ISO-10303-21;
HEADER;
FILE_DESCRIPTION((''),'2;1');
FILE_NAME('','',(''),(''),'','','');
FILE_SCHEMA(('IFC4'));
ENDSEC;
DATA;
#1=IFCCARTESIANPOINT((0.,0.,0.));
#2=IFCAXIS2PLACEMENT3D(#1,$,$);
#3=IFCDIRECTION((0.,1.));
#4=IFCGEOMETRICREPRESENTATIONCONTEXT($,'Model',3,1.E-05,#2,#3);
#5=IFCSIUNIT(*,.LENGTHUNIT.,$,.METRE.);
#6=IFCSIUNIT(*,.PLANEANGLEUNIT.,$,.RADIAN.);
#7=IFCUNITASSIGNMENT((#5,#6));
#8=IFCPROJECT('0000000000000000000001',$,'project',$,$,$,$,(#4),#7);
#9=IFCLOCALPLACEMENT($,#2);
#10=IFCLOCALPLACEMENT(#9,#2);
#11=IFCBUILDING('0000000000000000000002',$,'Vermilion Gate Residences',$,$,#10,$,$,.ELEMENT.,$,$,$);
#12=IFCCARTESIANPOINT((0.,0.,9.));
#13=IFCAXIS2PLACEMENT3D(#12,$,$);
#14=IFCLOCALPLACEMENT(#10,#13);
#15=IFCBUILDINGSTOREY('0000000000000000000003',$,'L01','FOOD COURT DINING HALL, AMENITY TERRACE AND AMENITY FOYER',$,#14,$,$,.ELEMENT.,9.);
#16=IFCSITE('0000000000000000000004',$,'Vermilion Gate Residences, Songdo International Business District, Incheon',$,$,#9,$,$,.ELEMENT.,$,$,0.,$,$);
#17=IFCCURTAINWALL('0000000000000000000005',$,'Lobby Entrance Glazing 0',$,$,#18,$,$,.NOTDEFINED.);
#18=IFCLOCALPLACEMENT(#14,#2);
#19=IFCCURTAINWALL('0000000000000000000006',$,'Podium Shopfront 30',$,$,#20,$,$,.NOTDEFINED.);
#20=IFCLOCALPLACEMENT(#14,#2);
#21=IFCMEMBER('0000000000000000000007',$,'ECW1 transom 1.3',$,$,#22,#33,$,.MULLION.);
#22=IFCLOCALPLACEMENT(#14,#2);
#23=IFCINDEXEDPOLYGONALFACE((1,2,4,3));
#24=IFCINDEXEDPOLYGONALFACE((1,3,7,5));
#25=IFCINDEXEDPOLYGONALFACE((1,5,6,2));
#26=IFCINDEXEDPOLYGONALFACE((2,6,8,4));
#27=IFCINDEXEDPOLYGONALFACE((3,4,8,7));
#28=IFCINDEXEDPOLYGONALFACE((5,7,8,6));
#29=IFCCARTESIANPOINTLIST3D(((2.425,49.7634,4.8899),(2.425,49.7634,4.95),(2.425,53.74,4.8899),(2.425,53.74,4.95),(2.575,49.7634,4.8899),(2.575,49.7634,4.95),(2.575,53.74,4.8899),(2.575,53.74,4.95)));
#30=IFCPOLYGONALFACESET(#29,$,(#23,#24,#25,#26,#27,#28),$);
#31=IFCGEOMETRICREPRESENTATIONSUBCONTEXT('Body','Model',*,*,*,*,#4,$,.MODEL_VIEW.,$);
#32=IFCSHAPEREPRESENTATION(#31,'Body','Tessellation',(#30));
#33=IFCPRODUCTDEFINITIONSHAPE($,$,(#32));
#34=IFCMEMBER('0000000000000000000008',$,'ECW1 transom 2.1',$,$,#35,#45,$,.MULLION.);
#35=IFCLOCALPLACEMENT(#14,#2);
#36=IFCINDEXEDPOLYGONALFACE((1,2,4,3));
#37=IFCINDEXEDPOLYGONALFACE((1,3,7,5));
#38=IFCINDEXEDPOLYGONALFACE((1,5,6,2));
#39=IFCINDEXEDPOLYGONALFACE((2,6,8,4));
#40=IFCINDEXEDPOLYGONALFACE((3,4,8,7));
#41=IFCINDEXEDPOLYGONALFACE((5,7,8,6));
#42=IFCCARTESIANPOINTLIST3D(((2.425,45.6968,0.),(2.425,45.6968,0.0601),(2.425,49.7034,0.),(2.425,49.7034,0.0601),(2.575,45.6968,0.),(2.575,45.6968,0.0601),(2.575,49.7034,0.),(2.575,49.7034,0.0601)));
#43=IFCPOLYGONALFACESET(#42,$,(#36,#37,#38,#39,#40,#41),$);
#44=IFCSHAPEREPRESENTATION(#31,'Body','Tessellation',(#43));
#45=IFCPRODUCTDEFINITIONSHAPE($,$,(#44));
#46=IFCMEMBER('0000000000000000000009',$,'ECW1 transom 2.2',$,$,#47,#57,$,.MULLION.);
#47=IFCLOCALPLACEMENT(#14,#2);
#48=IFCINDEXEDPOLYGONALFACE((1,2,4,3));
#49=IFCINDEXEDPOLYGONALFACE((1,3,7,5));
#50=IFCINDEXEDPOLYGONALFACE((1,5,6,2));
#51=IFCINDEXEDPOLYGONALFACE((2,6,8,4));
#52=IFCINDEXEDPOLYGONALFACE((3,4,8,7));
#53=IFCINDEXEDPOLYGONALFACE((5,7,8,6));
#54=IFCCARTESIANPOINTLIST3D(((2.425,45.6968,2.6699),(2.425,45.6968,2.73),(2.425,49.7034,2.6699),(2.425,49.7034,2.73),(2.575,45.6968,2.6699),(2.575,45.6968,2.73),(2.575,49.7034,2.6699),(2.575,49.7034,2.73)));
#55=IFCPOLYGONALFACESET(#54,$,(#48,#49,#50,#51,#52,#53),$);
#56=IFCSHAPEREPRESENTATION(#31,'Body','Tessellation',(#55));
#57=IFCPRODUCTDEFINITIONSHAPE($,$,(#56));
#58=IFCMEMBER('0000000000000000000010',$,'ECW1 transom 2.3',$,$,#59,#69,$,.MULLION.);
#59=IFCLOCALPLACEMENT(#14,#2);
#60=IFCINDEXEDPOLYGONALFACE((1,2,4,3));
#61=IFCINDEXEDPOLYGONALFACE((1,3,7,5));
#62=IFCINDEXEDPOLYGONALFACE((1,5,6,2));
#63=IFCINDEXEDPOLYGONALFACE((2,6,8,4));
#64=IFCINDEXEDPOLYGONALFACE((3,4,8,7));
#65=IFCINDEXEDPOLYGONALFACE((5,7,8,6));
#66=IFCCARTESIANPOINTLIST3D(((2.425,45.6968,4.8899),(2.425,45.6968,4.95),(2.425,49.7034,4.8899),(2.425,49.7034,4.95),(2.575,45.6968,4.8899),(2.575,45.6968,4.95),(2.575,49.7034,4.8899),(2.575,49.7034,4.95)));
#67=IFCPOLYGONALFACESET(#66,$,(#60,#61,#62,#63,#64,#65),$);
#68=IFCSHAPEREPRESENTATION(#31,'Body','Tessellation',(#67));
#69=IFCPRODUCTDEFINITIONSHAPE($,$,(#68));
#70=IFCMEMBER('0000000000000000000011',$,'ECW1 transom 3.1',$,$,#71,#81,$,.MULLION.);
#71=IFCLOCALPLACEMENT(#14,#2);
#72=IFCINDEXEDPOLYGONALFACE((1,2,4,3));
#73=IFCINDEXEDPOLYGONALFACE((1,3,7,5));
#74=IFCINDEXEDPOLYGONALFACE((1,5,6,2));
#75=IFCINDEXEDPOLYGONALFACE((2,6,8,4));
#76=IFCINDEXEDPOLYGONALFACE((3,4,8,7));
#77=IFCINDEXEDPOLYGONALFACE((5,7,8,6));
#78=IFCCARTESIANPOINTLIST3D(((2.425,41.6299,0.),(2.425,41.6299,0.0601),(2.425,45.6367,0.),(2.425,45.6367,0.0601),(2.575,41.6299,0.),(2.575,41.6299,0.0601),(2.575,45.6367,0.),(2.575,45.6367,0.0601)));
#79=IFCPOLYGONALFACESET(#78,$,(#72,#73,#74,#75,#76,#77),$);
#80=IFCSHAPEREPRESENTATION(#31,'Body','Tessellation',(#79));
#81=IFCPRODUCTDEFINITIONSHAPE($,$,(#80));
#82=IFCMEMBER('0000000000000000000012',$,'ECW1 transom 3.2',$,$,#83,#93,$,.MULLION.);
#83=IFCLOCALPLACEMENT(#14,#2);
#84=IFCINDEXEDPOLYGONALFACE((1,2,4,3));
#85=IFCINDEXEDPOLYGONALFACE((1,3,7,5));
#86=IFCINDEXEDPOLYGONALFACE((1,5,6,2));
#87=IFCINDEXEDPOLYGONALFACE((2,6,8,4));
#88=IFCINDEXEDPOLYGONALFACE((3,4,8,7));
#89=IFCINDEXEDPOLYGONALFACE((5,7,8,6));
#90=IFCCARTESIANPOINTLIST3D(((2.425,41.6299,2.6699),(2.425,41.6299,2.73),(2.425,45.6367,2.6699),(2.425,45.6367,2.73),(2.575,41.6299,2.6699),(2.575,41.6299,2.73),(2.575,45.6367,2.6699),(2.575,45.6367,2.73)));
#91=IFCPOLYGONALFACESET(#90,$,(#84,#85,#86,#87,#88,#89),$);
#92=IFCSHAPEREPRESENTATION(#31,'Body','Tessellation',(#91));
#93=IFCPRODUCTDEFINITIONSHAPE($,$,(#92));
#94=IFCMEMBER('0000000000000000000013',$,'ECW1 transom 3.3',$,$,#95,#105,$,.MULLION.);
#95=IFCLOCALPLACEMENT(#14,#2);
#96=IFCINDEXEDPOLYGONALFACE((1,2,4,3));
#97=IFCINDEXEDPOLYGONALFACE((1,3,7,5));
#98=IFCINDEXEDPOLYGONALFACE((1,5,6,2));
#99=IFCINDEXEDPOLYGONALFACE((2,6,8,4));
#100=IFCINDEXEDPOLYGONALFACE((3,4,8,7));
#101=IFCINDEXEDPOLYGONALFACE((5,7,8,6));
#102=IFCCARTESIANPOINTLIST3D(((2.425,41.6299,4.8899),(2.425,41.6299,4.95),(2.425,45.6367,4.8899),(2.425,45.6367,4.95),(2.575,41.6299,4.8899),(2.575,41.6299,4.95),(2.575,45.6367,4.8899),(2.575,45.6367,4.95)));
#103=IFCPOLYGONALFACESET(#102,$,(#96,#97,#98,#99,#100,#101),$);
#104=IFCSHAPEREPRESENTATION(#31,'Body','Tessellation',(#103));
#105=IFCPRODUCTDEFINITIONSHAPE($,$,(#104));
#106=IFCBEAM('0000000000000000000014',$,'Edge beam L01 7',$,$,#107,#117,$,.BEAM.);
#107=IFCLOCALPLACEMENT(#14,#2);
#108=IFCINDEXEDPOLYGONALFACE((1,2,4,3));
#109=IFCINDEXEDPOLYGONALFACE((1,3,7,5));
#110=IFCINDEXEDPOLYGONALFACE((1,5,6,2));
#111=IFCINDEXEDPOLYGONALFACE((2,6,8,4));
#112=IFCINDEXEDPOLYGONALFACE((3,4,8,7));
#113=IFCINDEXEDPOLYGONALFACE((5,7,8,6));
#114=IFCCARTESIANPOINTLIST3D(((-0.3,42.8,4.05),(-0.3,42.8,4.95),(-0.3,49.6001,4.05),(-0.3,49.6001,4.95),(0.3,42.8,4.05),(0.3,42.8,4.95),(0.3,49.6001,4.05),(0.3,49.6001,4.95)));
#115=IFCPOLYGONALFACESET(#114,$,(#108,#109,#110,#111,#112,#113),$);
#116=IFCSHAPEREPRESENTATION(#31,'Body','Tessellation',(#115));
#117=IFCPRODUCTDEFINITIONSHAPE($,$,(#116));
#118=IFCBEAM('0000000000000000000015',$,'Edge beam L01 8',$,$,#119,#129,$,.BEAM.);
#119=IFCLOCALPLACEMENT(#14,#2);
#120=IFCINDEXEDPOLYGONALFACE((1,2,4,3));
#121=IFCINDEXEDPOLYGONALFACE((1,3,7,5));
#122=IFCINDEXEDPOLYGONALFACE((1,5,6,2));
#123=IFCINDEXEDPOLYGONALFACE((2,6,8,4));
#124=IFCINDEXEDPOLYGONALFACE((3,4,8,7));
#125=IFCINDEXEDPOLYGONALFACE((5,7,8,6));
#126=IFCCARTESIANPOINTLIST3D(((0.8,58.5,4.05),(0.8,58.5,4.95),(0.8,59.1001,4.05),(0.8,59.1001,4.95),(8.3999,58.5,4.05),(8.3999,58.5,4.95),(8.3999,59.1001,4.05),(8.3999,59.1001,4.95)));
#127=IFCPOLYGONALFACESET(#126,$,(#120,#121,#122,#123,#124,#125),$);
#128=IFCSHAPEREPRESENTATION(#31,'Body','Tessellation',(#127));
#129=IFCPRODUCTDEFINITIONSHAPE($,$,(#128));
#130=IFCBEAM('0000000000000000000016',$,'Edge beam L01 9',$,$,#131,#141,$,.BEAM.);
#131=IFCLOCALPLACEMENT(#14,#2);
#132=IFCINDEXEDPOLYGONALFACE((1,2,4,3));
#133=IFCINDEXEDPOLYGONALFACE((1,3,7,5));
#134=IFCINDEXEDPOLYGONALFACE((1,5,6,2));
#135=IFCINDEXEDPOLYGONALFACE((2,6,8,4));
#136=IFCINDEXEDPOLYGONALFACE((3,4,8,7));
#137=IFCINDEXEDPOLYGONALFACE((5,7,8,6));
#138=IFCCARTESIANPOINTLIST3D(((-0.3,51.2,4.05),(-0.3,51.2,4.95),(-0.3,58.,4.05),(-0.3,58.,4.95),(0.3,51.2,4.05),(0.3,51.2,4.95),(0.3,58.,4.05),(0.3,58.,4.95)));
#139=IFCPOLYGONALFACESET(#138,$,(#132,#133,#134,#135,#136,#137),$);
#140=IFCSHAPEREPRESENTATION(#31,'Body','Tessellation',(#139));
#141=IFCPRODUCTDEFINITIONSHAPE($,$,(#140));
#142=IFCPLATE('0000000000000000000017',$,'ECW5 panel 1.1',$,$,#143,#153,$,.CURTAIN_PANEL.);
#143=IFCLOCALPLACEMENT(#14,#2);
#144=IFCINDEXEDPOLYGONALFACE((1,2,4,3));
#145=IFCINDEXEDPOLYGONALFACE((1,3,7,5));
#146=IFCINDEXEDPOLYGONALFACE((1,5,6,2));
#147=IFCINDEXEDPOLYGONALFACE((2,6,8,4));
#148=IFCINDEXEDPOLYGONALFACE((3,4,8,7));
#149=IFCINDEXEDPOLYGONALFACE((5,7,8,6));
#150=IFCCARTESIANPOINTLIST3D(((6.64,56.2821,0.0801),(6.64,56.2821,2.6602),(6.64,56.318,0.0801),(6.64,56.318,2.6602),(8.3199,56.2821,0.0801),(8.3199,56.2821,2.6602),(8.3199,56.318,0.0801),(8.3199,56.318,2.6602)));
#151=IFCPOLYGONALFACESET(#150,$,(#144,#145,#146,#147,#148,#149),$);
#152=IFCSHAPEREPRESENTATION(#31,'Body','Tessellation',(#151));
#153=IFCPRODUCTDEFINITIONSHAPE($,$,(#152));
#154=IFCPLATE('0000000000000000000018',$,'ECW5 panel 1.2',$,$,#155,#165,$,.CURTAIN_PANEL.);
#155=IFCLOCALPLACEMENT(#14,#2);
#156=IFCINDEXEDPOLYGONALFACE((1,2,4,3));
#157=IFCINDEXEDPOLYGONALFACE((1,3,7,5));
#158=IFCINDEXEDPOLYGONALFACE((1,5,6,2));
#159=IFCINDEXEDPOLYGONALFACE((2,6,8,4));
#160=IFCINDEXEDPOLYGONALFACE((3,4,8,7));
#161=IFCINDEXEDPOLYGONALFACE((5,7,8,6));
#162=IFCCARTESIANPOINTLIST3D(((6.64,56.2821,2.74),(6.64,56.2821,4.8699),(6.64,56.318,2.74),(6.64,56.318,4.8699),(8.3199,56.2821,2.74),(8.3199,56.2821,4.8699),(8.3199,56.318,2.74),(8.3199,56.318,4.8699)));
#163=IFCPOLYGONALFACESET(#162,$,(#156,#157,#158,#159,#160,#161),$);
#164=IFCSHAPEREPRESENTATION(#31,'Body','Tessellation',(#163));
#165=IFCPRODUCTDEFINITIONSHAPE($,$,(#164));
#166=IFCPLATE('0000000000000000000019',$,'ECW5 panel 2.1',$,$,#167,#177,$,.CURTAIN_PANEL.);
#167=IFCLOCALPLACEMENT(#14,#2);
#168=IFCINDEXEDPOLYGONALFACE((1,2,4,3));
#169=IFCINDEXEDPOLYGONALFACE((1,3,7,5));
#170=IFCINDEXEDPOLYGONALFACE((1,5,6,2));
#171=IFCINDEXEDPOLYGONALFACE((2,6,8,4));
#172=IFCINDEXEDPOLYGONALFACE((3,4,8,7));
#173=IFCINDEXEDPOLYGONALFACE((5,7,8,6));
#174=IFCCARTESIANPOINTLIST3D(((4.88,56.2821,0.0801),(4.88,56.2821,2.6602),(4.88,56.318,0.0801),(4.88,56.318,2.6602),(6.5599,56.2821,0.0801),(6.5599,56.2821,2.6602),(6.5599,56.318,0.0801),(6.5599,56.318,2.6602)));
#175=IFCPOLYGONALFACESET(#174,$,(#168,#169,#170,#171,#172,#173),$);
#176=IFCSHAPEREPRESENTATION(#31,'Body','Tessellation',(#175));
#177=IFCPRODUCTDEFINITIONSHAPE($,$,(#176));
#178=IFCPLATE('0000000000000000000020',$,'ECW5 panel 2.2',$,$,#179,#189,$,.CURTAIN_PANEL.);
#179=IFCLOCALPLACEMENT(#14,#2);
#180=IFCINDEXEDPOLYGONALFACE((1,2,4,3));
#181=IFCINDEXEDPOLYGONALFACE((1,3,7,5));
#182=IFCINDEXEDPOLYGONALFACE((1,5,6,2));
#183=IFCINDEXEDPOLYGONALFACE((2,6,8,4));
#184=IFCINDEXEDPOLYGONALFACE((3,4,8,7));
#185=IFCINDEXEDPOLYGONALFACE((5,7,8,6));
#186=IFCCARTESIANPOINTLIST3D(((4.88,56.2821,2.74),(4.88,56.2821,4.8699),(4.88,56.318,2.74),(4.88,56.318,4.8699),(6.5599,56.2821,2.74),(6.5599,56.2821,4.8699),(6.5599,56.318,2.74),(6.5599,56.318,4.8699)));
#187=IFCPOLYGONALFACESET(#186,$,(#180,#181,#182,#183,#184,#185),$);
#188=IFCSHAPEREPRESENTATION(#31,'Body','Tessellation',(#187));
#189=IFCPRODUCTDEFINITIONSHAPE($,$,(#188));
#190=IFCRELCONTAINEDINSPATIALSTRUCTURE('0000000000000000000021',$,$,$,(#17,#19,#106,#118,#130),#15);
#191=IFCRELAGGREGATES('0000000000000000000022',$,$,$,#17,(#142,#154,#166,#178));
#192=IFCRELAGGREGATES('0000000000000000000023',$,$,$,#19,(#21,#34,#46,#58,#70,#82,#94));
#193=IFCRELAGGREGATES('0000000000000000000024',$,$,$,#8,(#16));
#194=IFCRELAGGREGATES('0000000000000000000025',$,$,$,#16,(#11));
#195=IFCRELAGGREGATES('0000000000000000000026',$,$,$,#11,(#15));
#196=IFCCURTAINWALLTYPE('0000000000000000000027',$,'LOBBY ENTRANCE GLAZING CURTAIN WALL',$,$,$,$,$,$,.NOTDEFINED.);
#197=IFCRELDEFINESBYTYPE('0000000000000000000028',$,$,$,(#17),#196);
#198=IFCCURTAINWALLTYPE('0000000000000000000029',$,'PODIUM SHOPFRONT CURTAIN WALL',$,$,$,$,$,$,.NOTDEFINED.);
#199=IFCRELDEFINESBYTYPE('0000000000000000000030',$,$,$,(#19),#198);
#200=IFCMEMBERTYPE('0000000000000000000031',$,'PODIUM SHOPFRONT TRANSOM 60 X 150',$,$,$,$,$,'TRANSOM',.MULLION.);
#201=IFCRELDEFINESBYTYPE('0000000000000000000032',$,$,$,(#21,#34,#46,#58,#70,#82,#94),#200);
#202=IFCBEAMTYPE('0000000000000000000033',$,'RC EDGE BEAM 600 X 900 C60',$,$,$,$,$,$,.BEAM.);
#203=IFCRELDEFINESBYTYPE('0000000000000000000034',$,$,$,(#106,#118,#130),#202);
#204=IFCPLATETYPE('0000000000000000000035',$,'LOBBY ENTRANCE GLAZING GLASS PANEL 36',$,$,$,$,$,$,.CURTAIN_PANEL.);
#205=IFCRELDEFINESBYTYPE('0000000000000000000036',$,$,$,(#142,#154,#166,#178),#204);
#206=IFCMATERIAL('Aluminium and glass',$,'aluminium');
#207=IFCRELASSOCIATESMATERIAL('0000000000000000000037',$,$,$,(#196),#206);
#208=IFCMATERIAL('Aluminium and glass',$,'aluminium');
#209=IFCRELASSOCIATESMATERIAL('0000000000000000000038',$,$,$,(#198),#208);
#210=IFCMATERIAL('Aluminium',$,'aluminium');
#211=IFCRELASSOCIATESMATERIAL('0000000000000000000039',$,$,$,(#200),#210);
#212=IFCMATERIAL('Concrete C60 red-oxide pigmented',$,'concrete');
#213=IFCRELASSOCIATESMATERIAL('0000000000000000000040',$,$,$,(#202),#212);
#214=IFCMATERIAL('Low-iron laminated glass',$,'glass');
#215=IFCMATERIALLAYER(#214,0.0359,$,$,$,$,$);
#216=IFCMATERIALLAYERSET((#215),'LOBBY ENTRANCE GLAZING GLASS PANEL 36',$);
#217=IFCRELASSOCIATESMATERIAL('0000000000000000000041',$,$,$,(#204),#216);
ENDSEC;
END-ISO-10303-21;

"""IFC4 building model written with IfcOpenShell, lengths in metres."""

from ifc_helpers import new_model, si_unit, direction, frame, origin, origin_2d, place, context, subcontext, project, spatial, rectangle, extrude, material, layer, layer_set, material_profile, profile_set, type_object, element, aggregate, save


model = new_model("IFC4")

# Units and contexts
model_context = context("Model", 3, precision=1e-05, world=origin(), true_north=direction((0.0, 1.0)))
body_context = subcontext(model_context, "Body", "Model", "MODEL_VIEW")
ifc_project = project(units=[si_unit("LENGTHUNIT", "METRE"), si_unit("PLANEANGLEUNIT", "RADIAN")], contexts=[model_context])

# Site, building, storey
site_placement = place(None, origin())
site = spatial("IfcSite", under=ifc_project, at=site_placement, Name="Vermilion Gate Residences, Songdo International Business District, Incheon", CompositionType="ELEMENT", RefElevation=0.0)
building_placement = place(site_placement, origin())
building = spatial("IfcBuilding", under=site, at=building_placement, Name="Vermilion Gate Residences", CompositionType="ELEMENT")
storey_placement = place(building_placement, frame((0.0, 0.0, 9.0)))
storey = spatial("IfcBuildingStorey", under=building, at=storey_placement, Name="L01", Description="FOOD COURT DINING HALL, AMENITY TERRACE AND AMENITY FOYER", CompositionType="ELEMENT", Elevation=9.0)

# Curtain walls, members
ifc_material_1 = material(Name="Aluminium and glass", Category="aluminium")
curtain_wall_type_1 = type_object("IfcCurtainWallType", Name="LOBBY ENTRANCE GLAZING CURTAIN WALL", PredefinedType="NOTDEFINED", material=ifc_material_1)
curtain_wall_1_placement = place(storey_placement, origin())
curtain_wall_1 = element("IfcCurtainWall", 1, at=curtain_wall_1_placement, inside=storey, type_object=curtain_wall_type_1, Name="Lobby Entrance Glazing 0", PredefinedType="NOTDEFINED")
ifc_material_2 = material(Name="Aluminium and glass", Category="aluminium")
curtain_wall_type_2 = type_object("IfcCurtainWallType", Name="PODIUM SHOPFRONT CURTAIN WALL", PredefinedType="NOTDEFINED", material=ifc_material_2)
curtain_wall_2_placement = place(storey_placement, origin())
curtain_wall_2 = element("IfcCurtainWall", 2, at=curtain_wall_2_placement, inside=storey, type_object=curtain_wall_type_2, Name="Podium Shopfront 30", PredefinedType="NOTDEFINED")
ifc_material_3 = material(Name="Aluminium", Category="aluminium")
ifc_material_profile_1 = material_profile(ifc_material_3, rectangle(XDim=0.1499, YDim=0.0601, at=origin_2d()), Name="TRANSOM 60 X 150")
ifc_profile_set_1 = profile_set([ifc_material_profile_1], Name="Aluminium")
member_type_1 = type_object("IfcMemberType", Name="PODIUM SHOPFRONT TRANSOM 60 X 150", ElementType="TRANSOM", PredefinedType="MULLION", material=ifc_profile_set_1)
member_1_placement = place(storey_placement, frame((2.5, 53.74, 4.9199), z_axis=(0.0, -1.0, 0.0), x_axis=(1.0, 0.0, 0.0)))
member_1 = element("IfcMember", 3, at=member_1_placement, type_object=member_type_1, Name="ECW1 transom 1.3", PredefinedType="MULLION", context=body_context, shape_type="SweptSolid", body=[
    extrude(rectangle(XDim=0.1499, YDim=0.0601, at=origin_2d()), origin(), (0.0, 0.0, 1.0), 3.9766),
])
member_2_placement = place(storey_placement, frame((2.5, 49.7034, 0.03), z_axis=(0.0, -1.0, 0.0), x_axis=(1.0, 0.0, 0.0)))
member_2 = element("IfcMember", 4, at=member_2_placement, type_object=member_type_1, Name="ECW1 transom 2.1", PredefinedType="MULLION", context=body_context, shape_type="SweptSolid", body=[
    extrude(rectangle(XDim=0.1499, YDim=0.0601, at=origin_2d()), origin(), (0.0, 0.0, 1.0), 4.0066),
])
member_3_placement = place(storey_placement, frame((2.5, 49.7034, 2.7), z_axis=(0.0, -1.0, 0.0), x_axis=(1.0, 0.0, 0.0)))
member_3 = element("IfcMember", 5, at=member_3_placement, type_object=member_type_1, Name="ECW1 transom 2.2", PredefinedType="MULLION", context=body_context, shape_type="SweptSolid", body=[
    extrude(rectangle(XDim=0.1499, YDim=0.0601, at=origin_2d()), origin(), (0.0, 0.0, 1.0), 4.0066),
])
member_4_placement = place(storey_placement, frame((2.5, 49.7034, 4.9199), z_axis=(0.0, -1.0, 0.0), x_axis=(1.0, 0.0, 0.0)))
member_4 = element("IfcMember", 6, at=member_4_placement, type_object=member_type_1, Name="ECW1 transom 2.3", PredefinedType="MULLION", context=body_context, shape_type="SweptSolid", body=[
    extrude(rectangle(XDim=0.1499, YDim=0.0601, at=origin_2d()), origin(), (0.0, 0.0, 1.0), 4.0066),
])
member_5_placement = place(storey_placement, frame((2.5, 45.6367, 0.03), z_axis=(0.0, -1.0, 0.0), x_axis=(1.0, 0.0, 0.0)))
member_5 = element("IfcMember", 7, at=member_5_placement, type_object=member_type_1, Name="ECW1 transom 3.1", PredefinedType="MULLION", context=body_context, shape_type="SweptSolid", body=[
    extrude(rectangle(XDim=0.1499, YDim=0.0601, at=origin_2d()), origin(), (0.0, 0.0, 1.0), 4.0068),
])
member_6_placement = place(storey_placement, frame((2.5, 45.6367, 2.7), z_axis=(0.0, -1.0, 0.0), x_axis=(1.0, 0.0, 0.0)))
member_6 = element("IfcMember", 8, at=member_6_placement, type_object=member_type_1, Name="ECW1 transom 3.2", PredefinedType="MULLION", context=body_context, shape_type="SweptSolid", body=[
    extrude(rectangle(XDim=0.1499, YDim=0.0601, at=origin_2d()), origin(), (0.0, 0.0, 1.0), 4.0068),
])
member_7_placement = place(storey_placement, frame((2.5, 45.6367, 4.9199), z_axis=(0.0, -1.0, 0.0), x_axis=(1.0, 0.0, 0.0)))
member_7 = element("IfcMember", 9, at=member_7_placement, type_object=member_type_1, Name="ECW1 transom 3.3", PredefinedType="MULLION", context=body_context, shape_type="SweptSolid", body=[
    extrude(rectangle(XDim=0.1499, YDim=0.0601, at=origin_2d()), origin(), (0.0, 0.0, 1.0), 4.0068),
])

# Beams
ifc_material_4 = material(Name="Concrete C60 red-oxide pigmented", Category="concrete")
ifc_material_profile_2 = material_profile(ifc_material_4, rectangle(XDim=0.6001, YDim=0.8999, at=origin_2d()), Name="RC-600x900")
ifc_profile_set_2 = profile_set([ifc_material_profile_2], Name="Concrete C60 red-oxide pigmented")
beam_type = type_object("IfcBeamType", Name="RC EDGE BEAM 600 X 900 C60", PredefinedType="BEAM", material=ifc_profile_set_2)
beam_1_placement = place(storey_placement, frame((0.0, 42.8, 4.5), z_axis=(0.0, 1.0, 0.0), x_axis=(-1.0, 0.0, 0.0)))
element("IfcBeam", 10, at=beam_1_placement, inside=storey, type_object=beam_type, Name="Edge beam L01 7", PredefinedType="BEAM", context=body_context, shape_type="SweptSolid", body=[
    extrude(rectangle(XDim=0.6001, YDim=0.8999, at=origin_2d()), origin(), (0.0, 0.0, 1.0), 6.8),
])
beam_2_placement = place(storey_placement, frame((0.8, 58.8, 4.5), z_axis=(1.0, 0.0, 0.0), x_axis=(0.0, 1.0, 0.0)))
element("IfcBeam", 11, at=beam_2_placement, inside=storey, type_object=beam_type, Name="Edge beam L01 8", PredefinedType="BEAM", context=body_context, shape_type="SweptSolid", body=[
    extrude(rectangle(XDim=0.6001, YDim=0.8999, at=origin_2d()), origin(), (0.0, 0.0, 1.0), 7.5999),
])
beam_3_placement = place(storey_placement, frame((0.0, 51.2, 4.5), z_axis=(0.0, 1.0, 0.0), x_axis=(-1.0, 0.0, 0.0)))
element("IfcBeam", 12, at=beam_3_placement, inside=storey, type_object=beam_type, Name="Edge beam L01 9", PredefinedType="BEAM", context=body_context, shape_type="SweptSolid", body=[
    extrude(rectangle(XDim=0.6001, YDim=0.8999, at=origin_2d()), origin(), (0.0, 0.0, 1.0), 6.8),
])

# Plates
ifc_material_5 = material(Name="Low-iron laminated glass", Category="glass")
ifc_layer_1 = layer(ifc_material_5, 0.0359)
ifc_layer_set_1 = layer_set([ifc_layer_1], Name="LOBBY ENTRANCE GLAZING GLASS PANEL 36")
plate_type_1 = type_object("IfcPlateType", Name="LOBBY ENTRANCE GLAZING GLASS PANEL 36", PredefinedType="CURTAIN_PANEL", material=ifc_layer_set_1)
plate_1_placement = place(storey_placement, frame((7.48, 56.3, 0.0801), z_axis=(0.0, 0.0, 1.0), x_axis=(-1.0, 0.0, 0.0)))
plate_1 = element("IfcPlate", 13, at=plate_1_placement, type_object=plate_type_1, Name="ECW5 panel 1.1", PredefinedType="CURTAIN_PANEL", context=body_context, shape_type="SweptSolid", body=[
    extrude(rectangle(XDim=1.6799, YDim=0.0359, at=origin_2d()), origin(), (0.0, 0.0, 1.0), 2.5801),
])
plate_2_placement = place(storey_placement, frame((7.48, 56.3, 2.74), z_axis=(0.0, 0.0, 1.0), x_axis=(-1.0, 0.0, 0.0)))
plate_2 = element("IfcPlate", 14, at=plate_2_placement, type_object=plate_type_1, Name="ECW5 panel 1.2", PredefinedType="CURTAIN_PANEL", context=body_context, shape_type="SweptSolid", body=[
    extrude(rectangle(XDim=1.6799, YDim=0.0359, at=origin_2d()), origin(), (0.0, 0.0, 1.0), 2.1299),
])
plate_3_placement = place(storey_placement, frame((5.72, 56.3, 0.0801), z_axis=(0.0, 0.0, 1.0), x_axis=(-1.0, 0.0, 0.0)))
plate_3 = element("IfcPlate", 15, at=plate_3_placement, type_object=plate_type_1, Name="ECW5 panel 2.1", PredefinedType="CURTAIN_PANEL", context=body_context, shape_type="SweptSolid", body=[
    extrude(rectangle(XDim=1.6799, YDim=0.0359, at=origin_2d()), origin(), (0.0, 0.0, 1.0), 2.5801),
])
plate_4_placement = place(storey_placement, frame((5.72, 56.3, 2.74), z_axis=(0.0, 0.0, 1.0), x_axis=(-1.0, 0.0, 0.0)))
plate_4 = element("IfcPlate", 16, at=plate_4_placement, type_object=plate_type_1, Name="ECW5 panel 2.2", PredefinedType="CURTAIN_PANEL", context=body_context, shape_type="SweptSolid", body=[
    extrude(rectangle(XDim=1.6799, YDim=0.0359, at=origin_2d()), origin(), (0.0, 0.0, 1.0), 2.1299),
])
aggregate(curtain_wall_1, [plate_1, plate_2, plate_3, plate_4])
aggregate(curtain_wall_2, [member_1, member_2, member_3, member_4, member_5, member_6, member_7])

save(model, "model.ifc")
